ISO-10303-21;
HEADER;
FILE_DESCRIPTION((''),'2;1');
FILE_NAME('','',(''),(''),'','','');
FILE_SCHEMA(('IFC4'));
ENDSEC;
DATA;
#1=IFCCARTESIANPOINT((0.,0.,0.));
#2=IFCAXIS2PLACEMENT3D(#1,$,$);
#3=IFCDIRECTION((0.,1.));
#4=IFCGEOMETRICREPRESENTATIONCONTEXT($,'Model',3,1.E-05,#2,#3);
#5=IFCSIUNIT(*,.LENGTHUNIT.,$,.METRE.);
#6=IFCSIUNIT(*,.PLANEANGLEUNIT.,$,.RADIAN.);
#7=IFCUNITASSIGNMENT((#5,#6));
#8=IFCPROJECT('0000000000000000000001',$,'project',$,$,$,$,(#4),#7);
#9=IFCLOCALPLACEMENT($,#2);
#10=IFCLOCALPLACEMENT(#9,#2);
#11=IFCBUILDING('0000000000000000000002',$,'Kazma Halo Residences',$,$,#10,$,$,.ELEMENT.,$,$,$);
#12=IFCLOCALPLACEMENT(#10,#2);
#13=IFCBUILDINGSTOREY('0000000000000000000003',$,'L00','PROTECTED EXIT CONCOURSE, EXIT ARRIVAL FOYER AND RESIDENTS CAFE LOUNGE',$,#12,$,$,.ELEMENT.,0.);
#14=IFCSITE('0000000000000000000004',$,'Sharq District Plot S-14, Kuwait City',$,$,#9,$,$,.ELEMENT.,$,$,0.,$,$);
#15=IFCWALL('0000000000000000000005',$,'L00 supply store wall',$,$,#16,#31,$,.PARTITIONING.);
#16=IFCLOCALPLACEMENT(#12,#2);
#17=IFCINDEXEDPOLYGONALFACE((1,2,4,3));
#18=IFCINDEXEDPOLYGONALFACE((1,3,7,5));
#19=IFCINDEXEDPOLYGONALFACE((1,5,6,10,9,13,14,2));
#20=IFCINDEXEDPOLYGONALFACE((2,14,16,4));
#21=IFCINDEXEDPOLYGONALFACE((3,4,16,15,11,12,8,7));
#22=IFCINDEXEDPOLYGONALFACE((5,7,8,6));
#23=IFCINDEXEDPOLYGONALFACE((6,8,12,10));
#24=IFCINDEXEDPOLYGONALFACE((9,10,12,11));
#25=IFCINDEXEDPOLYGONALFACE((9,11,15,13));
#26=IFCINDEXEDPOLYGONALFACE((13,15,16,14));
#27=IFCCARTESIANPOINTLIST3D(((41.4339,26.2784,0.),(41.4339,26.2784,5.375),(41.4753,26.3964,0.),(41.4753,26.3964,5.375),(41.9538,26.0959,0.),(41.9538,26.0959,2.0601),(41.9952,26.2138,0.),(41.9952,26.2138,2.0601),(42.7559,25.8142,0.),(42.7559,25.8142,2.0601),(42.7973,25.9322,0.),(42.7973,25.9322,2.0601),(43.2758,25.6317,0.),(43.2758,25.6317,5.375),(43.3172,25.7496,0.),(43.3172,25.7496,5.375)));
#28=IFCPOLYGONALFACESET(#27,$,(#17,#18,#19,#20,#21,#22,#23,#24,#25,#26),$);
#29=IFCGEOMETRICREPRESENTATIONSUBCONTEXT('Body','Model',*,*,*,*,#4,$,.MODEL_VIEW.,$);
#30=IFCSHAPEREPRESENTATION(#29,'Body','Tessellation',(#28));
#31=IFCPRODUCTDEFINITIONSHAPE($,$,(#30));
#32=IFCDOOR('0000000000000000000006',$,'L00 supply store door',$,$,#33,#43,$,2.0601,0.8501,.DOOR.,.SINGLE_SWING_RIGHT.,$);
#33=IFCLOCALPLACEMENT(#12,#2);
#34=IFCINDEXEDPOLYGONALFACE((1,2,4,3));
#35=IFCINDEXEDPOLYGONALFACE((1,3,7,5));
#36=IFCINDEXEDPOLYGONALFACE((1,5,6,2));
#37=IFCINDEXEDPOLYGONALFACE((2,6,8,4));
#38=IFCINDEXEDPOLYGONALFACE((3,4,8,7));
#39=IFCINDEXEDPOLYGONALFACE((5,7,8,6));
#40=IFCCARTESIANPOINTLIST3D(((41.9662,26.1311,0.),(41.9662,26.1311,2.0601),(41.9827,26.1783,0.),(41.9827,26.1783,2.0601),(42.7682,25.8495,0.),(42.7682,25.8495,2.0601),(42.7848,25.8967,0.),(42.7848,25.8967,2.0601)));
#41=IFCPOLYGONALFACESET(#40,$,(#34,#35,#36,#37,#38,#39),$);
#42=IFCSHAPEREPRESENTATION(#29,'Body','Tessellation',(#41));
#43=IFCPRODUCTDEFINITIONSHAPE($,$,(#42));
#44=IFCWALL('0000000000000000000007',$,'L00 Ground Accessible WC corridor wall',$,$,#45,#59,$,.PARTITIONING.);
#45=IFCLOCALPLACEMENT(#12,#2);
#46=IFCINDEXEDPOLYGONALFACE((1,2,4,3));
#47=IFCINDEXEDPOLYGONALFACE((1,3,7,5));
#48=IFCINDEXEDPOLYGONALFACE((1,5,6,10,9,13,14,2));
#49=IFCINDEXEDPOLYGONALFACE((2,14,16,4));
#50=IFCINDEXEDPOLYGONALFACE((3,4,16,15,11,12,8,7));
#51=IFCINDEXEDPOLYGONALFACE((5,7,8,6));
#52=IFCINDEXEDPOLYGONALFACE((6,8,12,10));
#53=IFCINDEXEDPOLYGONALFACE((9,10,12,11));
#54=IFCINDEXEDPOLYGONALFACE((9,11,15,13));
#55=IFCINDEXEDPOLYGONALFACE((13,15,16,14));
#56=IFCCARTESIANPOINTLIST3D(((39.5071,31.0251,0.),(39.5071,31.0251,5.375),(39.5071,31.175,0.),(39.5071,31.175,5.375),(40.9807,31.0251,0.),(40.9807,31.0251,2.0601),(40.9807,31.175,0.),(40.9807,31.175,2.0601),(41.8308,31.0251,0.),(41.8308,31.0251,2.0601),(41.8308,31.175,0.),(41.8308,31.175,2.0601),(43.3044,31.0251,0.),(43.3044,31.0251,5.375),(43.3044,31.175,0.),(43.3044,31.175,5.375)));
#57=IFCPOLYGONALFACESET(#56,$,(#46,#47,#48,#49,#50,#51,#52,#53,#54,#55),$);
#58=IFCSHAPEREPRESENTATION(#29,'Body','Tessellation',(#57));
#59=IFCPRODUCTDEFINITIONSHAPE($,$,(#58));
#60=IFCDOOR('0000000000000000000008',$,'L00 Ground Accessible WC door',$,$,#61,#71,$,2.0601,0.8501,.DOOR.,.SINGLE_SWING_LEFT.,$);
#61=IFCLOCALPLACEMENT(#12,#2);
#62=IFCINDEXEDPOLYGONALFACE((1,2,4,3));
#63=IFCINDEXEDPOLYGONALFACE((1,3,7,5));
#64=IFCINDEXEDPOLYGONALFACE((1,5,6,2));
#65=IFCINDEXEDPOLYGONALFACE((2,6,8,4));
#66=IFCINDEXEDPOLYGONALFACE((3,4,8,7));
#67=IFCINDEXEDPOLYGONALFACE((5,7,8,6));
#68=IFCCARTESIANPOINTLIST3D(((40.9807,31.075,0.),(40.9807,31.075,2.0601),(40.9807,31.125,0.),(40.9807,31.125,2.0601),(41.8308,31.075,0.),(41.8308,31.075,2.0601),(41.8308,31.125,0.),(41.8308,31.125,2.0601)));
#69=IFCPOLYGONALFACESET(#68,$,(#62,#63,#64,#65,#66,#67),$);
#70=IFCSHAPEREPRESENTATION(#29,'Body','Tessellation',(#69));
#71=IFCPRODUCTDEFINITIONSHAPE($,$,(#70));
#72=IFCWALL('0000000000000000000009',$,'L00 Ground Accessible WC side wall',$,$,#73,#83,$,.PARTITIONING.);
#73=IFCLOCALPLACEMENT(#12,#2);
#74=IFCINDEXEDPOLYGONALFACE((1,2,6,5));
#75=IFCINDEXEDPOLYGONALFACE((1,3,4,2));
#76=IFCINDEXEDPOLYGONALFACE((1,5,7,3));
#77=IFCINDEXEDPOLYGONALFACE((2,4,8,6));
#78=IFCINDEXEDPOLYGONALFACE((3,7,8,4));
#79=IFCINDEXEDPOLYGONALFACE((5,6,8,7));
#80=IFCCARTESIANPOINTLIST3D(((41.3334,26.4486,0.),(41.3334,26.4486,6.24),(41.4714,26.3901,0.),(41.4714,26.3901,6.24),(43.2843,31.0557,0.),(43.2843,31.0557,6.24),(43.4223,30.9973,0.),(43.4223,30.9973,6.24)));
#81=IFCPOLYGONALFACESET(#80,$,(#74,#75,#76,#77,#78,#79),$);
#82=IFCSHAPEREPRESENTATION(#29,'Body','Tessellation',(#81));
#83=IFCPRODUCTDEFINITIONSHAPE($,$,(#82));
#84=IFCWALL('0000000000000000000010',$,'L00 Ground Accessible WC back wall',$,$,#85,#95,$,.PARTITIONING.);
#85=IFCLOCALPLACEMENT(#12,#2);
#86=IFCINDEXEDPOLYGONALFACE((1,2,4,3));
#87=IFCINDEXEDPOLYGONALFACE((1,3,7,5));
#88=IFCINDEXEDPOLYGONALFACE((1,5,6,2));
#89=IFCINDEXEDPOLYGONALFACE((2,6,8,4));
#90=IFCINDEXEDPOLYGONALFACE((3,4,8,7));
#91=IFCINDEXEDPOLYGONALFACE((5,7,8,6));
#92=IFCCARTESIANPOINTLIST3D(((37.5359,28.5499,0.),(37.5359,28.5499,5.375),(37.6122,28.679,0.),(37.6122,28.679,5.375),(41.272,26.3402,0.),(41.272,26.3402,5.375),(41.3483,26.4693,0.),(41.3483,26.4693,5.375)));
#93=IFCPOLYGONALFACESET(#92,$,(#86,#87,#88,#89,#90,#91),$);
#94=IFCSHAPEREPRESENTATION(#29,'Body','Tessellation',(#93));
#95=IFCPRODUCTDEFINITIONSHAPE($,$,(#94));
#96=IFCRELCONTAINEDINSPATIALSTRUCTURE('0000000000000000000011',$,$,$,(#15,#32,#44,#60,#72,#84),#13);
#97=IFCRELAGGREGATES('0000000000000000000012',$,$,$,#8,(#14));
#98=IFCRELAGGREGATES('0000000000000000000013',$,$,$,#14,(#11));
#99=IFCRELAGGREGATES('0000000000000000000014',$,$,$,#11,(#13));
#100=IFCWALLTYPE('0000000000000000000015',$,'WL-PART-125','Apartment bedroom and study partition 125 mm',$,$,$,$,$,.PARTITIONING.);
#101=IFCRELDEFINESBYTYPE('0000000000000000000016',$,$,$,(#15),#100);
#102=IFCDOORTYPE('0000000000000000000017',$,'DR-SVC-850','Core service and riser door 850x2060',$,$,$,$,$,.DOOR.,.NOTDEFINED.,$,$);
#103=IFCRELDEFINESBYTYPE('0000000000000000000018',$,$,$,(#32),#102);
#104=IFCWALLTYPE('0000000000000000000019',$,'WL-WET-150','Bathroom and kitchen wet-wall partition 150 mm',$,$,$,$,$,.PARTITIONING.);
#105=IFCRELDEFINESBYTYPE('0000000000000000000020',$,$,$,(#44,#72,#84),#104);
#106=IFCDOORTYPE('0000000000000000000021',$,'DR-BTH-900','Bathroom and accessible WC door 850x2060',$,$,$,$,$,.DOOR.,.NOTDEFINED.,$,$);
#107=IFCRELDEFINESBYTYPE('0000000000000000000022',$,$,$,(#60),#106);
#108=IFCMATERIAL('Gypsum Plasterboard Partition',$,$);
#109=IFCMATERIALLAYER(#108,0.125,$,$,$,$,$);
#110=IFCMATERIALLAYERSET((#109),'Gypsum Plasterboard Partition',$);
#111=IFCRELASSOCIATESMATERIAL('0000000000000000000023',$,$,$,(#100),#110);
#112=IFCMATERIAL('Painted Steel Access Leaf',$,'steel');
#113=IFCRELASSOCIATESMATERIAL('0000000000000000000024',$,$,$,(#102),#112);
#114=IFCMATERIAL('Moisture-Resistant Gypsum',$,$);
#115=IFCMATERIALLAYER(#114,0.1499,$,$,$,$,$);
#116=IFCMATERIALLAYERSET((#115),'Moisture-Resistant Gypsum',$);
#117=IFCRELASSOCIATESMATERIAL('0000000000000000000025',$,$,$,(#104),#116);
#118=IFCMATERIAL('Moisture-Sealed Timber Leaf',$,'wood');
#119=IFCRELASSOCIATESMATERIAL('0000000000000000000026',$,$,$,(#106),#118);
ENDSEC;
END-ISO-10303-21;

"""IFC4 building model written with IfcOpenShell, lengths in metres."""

from ifc_helpers import new_model, si_unit, direction, frame, frame_2d, origin, place, context, subcontext, project, spatial, rectangle, extrude, material, layer, layer_set, type_object, element, fill, save


model = new_model("IFC4")

# Units and contexts
model_context = context("Model", 3, precision=1e-05, world=origin(), true_north=direction((0.0, 1.0)))
body_context = subcontext(model_context, "Body", "Model", "MODEL_VIEW")
ifc_project = project(units=[si_unit("LENGTHUNIT", "METRE"), si_unit("PLANEANGLEUNIT", "RADIAN")], contexts=[model_context])

# Site, building, storey
site_placement = place(None, origin())
site = spatial("IfcSite", under=ifc_project, at=site_placement, Name="Sharq District Plot S-14, Kuwait City", CompositionType="ELEMENT", RefElevation=0.0)
building_placement = place(site_placement, origin())
building = spatial("IfcBuilding", under=site, at=building_placement, Name="Kazma Halo Residences", CompositionType="ELEMENT")
storey_placement = place(building_placement, origin())
storey = spatial("IfcBuildingStorey", under=building, at=storey_placement, Name="L00", Description="PROTECTED EXIT CONCOURSE, EXIT ARRIVAL FOYER AND RESIDENTS CAFE LOUNGE", CompositionType="ELEMENT", Elevation=0.0)

# Walls, openings, doors
ifc_material_1 = material(Name="Gypsum Plasterboard Partition")
ifc_layer_1 = layer(ifc_material_1, 0.125)
ifc_layer_set_1 = layer_set([ifc_layer_1], Name="Gypsum Plasterboard Partition")
wall_type_1 = type_object("IfcWallType", Name="WL-PART-125", Description="Apartment bedroom and study partition 125 mm", PredefinedType="PARTITIONING", material=ifc_layer_set_1)
wall_1_placement = place(storey_placement, frame((41.4546, 26.3374, 0.0), z_axis=(0.0, 0.0, 1.0), x_axis=(0.943522, -0.331308, 0.0)))
wall_1 = element("IfcWall", 1, at=wall_1_placement, inside=storey, type_object=wall_type_1, Name="L00 supply store wall", PredefinedType="PARTITIONING", context=body_context, shape_type="SweptSolid", body=[
    extrude(rectangle(XDim=1.9521, YDim=0.125, at=frame_2d((0.9761, 0.0))), origin(), (0.0, 0.0, 1.0), 5.375),
])
opening_1_placement = place(wall_1_placement, frame((0.551, 0.0, 0.0)))
opening_1 = element("IfcOpeningElement", 2, at=opening_1_placement, cuts=wall_1, PredefinedType="OPENING", context=body_context, shape_type="SweptSolid", body=[
    extrude(rectangle(XDim=0.8501, YDim=2.0601, at=frame_2d((0.425, 1.03))), frame((0.0, 0.0725, 0.0), z_axis=(0.0, -1.0, 0.0), x_axis=(1.0, 0.0, 0.0)), (0.0, 0.0, 1.0), 0.145),
])
ifc_material_2 = material(Name="Painted Steel Access Leaf", Category="steel")
door_type_1 = type_object("IfcDoorType", Name="DR-SVC-850", Description="Core service and riser door 850x2060", OperationType="NOTDEFINED", PredefinedType="DOOR", material=ifc_material_2)
door_1_placement = place(opening_1_placement, origin())
door_1 = element("IfcDoor", 3, at=door_1_placement, inside=storey, type_object=door_type_1, Name="L00 supply store door", OperationType="SINGLE_SWING_RIGHT", OverallHeight=2.0601, OverallWidth=0.8501, PredefinedType="DOOR", context=body_context, shape_type="SweptSolid", body=[
    extrude(rectangle(XDim=0.8501, YDim=2.0601, at=frame_2d((0.425, 1.03))), frame((0.0, 0.0249, 0.0), z_axis=(0.0, -1.0, 0.0), x_axis=(1.0, 0.0, 0.0)), (0.0, 0.0, 1.0), 0.05),
])
fill(opening_1, door_1)
ifc_material_3 = material(Name="Moisture-Resistant Gypsum")
ifc_layer_2 = layer(ifc_material_3, 0.1499)
ifc_layer_set_2 = layer_set([ifc_layer_2], Name="Moisture-Resistant Gypsum")
wall_type_2 = type_object("IfcWallType", Name="WL-WET-150", Description="Bathroom and kitchen wet-wall partition 150 mm", PredefinedType="PARTITIONING", material=ifc_layer_set_2)
wall_2_placement = place(storey_placement, frame((39.5071, 31.1001, 0.0), z_axis=(0.0, 0.0, 1.0), x_axis=(1.0, 0.0, 0.0)))
wall_2 = element("IfcWall", 4, at=wall_2_placement, inside=storey, type_object=wall_type_2, Name="L00 Ground Accessible WC corridor wall", PredefinedType="PARTITIONING", context=body_context, shape_type="SweptSolid", body=[
    extrude(rectangle(XDim=3.7974, YDim=0.1499, at=frame_2d((1.8987, 0.0))), origin(), (0.0, 0.0, 1.0), 5.375),
])
opening_2_placement = place(wall_2_placement, frame((1.4736, 0.0, 0.0)))
opening_2 = element("IfcOpeningElement", 5, at=opening_2_placement, cuts=wall_2, PredefinedType="OPENING", context=body_context, shape_type="SweptSolid", body=[
    extrude(rectangle(XDim=0.8501, YDim=2.0601, at=frame_2d((0.425, 1.03))), frame((0.0, 0.085, 0.0), z_axis=(0.0, -1.0, 0.0), x_axis=(1.0, 0.0, 0.0)), (0.0, 0.0, 1.0), 0.1699),
])
ifc_material_4 = material(Name="Moisture-Sealed Timber Leaf", Category="wood")
door_type_2 = type_object("IfcDoorType", Name="DR-BTH-900", Description="Bathroom and accessible WC door 850x2060", OperationType="NOTDEFINED", PredefinedType="DOOR", material=ifc_material_4)
door_2_placement = place(opening_2_placement, origin())
door_2 = element("IfcDoor", 6, at=door_2_placement, inside=storey, type_object=door_type_2, Name="L00 Ground Accessible WC door", OperationType="SINGLE_SWING_LEFT", OverallHeight=2.0601, OverallWidth=0.8501, PredefinedType="DOOR", context=body_context, shape_type="SweptSolid", body=[
    extrude(rectangle(XDim=0.8501, YDim=2.0601, at=frame_2d((0.425, 1.03))), frame((0.0, 0.0249, 0.0), z_axis=(0.0, -1.0, 0.0), x_axis=(1.0, 0.0, 0.0)), (0.0, 0.0, 1.0), 0.05),
])
fill(opening_2, door_2)

# Walls
wall_3_placement = place(storey_placement, frame((43.3533, 31.0264, 0.0), z_axis=(0.0, 0.0, 1.0), x_axis=(-0.389934, -0.920843, 0.0)))
element("IfcWall", 7, at=wall_3_placement, inside=storey, type_object=wall_type_2, Name="L00 Ground Accessible WC side wall", PredefinedType="PARTITIONING", context=body_context, shape_type="SweptSolid", body=[
    extrude(rectangle(XDim=5.0032, YDim=0.1499, at=frame_2d((2.5015, 0.0))), origin(), (0.0, 0.0, 1.0), 6.24),
])
wall_4_placement = place(storey_placement, frame((37.574, 28.6145, 0.0), z_axis=(0.0, 0.0, 1.0), x_axis=(0.860722, -0.509076, 0.0)))
element("IfcWall", 8, at=wall_4_placement, inside=storey, type_object=wall_type_2, Name="L00 Ground Accessible WC back wall", PredefinedType="PARTITIONING", context=body_context, shape_type="SweptSolid", body=[
    extrude(rectangle(XDim=4.3406, YDim=0.1499, at=frame_2d((2.1704, 0.0))), origin(), (0.0, 0.0, 1.0), 5.375),
])

save(model, "model.ifc")
